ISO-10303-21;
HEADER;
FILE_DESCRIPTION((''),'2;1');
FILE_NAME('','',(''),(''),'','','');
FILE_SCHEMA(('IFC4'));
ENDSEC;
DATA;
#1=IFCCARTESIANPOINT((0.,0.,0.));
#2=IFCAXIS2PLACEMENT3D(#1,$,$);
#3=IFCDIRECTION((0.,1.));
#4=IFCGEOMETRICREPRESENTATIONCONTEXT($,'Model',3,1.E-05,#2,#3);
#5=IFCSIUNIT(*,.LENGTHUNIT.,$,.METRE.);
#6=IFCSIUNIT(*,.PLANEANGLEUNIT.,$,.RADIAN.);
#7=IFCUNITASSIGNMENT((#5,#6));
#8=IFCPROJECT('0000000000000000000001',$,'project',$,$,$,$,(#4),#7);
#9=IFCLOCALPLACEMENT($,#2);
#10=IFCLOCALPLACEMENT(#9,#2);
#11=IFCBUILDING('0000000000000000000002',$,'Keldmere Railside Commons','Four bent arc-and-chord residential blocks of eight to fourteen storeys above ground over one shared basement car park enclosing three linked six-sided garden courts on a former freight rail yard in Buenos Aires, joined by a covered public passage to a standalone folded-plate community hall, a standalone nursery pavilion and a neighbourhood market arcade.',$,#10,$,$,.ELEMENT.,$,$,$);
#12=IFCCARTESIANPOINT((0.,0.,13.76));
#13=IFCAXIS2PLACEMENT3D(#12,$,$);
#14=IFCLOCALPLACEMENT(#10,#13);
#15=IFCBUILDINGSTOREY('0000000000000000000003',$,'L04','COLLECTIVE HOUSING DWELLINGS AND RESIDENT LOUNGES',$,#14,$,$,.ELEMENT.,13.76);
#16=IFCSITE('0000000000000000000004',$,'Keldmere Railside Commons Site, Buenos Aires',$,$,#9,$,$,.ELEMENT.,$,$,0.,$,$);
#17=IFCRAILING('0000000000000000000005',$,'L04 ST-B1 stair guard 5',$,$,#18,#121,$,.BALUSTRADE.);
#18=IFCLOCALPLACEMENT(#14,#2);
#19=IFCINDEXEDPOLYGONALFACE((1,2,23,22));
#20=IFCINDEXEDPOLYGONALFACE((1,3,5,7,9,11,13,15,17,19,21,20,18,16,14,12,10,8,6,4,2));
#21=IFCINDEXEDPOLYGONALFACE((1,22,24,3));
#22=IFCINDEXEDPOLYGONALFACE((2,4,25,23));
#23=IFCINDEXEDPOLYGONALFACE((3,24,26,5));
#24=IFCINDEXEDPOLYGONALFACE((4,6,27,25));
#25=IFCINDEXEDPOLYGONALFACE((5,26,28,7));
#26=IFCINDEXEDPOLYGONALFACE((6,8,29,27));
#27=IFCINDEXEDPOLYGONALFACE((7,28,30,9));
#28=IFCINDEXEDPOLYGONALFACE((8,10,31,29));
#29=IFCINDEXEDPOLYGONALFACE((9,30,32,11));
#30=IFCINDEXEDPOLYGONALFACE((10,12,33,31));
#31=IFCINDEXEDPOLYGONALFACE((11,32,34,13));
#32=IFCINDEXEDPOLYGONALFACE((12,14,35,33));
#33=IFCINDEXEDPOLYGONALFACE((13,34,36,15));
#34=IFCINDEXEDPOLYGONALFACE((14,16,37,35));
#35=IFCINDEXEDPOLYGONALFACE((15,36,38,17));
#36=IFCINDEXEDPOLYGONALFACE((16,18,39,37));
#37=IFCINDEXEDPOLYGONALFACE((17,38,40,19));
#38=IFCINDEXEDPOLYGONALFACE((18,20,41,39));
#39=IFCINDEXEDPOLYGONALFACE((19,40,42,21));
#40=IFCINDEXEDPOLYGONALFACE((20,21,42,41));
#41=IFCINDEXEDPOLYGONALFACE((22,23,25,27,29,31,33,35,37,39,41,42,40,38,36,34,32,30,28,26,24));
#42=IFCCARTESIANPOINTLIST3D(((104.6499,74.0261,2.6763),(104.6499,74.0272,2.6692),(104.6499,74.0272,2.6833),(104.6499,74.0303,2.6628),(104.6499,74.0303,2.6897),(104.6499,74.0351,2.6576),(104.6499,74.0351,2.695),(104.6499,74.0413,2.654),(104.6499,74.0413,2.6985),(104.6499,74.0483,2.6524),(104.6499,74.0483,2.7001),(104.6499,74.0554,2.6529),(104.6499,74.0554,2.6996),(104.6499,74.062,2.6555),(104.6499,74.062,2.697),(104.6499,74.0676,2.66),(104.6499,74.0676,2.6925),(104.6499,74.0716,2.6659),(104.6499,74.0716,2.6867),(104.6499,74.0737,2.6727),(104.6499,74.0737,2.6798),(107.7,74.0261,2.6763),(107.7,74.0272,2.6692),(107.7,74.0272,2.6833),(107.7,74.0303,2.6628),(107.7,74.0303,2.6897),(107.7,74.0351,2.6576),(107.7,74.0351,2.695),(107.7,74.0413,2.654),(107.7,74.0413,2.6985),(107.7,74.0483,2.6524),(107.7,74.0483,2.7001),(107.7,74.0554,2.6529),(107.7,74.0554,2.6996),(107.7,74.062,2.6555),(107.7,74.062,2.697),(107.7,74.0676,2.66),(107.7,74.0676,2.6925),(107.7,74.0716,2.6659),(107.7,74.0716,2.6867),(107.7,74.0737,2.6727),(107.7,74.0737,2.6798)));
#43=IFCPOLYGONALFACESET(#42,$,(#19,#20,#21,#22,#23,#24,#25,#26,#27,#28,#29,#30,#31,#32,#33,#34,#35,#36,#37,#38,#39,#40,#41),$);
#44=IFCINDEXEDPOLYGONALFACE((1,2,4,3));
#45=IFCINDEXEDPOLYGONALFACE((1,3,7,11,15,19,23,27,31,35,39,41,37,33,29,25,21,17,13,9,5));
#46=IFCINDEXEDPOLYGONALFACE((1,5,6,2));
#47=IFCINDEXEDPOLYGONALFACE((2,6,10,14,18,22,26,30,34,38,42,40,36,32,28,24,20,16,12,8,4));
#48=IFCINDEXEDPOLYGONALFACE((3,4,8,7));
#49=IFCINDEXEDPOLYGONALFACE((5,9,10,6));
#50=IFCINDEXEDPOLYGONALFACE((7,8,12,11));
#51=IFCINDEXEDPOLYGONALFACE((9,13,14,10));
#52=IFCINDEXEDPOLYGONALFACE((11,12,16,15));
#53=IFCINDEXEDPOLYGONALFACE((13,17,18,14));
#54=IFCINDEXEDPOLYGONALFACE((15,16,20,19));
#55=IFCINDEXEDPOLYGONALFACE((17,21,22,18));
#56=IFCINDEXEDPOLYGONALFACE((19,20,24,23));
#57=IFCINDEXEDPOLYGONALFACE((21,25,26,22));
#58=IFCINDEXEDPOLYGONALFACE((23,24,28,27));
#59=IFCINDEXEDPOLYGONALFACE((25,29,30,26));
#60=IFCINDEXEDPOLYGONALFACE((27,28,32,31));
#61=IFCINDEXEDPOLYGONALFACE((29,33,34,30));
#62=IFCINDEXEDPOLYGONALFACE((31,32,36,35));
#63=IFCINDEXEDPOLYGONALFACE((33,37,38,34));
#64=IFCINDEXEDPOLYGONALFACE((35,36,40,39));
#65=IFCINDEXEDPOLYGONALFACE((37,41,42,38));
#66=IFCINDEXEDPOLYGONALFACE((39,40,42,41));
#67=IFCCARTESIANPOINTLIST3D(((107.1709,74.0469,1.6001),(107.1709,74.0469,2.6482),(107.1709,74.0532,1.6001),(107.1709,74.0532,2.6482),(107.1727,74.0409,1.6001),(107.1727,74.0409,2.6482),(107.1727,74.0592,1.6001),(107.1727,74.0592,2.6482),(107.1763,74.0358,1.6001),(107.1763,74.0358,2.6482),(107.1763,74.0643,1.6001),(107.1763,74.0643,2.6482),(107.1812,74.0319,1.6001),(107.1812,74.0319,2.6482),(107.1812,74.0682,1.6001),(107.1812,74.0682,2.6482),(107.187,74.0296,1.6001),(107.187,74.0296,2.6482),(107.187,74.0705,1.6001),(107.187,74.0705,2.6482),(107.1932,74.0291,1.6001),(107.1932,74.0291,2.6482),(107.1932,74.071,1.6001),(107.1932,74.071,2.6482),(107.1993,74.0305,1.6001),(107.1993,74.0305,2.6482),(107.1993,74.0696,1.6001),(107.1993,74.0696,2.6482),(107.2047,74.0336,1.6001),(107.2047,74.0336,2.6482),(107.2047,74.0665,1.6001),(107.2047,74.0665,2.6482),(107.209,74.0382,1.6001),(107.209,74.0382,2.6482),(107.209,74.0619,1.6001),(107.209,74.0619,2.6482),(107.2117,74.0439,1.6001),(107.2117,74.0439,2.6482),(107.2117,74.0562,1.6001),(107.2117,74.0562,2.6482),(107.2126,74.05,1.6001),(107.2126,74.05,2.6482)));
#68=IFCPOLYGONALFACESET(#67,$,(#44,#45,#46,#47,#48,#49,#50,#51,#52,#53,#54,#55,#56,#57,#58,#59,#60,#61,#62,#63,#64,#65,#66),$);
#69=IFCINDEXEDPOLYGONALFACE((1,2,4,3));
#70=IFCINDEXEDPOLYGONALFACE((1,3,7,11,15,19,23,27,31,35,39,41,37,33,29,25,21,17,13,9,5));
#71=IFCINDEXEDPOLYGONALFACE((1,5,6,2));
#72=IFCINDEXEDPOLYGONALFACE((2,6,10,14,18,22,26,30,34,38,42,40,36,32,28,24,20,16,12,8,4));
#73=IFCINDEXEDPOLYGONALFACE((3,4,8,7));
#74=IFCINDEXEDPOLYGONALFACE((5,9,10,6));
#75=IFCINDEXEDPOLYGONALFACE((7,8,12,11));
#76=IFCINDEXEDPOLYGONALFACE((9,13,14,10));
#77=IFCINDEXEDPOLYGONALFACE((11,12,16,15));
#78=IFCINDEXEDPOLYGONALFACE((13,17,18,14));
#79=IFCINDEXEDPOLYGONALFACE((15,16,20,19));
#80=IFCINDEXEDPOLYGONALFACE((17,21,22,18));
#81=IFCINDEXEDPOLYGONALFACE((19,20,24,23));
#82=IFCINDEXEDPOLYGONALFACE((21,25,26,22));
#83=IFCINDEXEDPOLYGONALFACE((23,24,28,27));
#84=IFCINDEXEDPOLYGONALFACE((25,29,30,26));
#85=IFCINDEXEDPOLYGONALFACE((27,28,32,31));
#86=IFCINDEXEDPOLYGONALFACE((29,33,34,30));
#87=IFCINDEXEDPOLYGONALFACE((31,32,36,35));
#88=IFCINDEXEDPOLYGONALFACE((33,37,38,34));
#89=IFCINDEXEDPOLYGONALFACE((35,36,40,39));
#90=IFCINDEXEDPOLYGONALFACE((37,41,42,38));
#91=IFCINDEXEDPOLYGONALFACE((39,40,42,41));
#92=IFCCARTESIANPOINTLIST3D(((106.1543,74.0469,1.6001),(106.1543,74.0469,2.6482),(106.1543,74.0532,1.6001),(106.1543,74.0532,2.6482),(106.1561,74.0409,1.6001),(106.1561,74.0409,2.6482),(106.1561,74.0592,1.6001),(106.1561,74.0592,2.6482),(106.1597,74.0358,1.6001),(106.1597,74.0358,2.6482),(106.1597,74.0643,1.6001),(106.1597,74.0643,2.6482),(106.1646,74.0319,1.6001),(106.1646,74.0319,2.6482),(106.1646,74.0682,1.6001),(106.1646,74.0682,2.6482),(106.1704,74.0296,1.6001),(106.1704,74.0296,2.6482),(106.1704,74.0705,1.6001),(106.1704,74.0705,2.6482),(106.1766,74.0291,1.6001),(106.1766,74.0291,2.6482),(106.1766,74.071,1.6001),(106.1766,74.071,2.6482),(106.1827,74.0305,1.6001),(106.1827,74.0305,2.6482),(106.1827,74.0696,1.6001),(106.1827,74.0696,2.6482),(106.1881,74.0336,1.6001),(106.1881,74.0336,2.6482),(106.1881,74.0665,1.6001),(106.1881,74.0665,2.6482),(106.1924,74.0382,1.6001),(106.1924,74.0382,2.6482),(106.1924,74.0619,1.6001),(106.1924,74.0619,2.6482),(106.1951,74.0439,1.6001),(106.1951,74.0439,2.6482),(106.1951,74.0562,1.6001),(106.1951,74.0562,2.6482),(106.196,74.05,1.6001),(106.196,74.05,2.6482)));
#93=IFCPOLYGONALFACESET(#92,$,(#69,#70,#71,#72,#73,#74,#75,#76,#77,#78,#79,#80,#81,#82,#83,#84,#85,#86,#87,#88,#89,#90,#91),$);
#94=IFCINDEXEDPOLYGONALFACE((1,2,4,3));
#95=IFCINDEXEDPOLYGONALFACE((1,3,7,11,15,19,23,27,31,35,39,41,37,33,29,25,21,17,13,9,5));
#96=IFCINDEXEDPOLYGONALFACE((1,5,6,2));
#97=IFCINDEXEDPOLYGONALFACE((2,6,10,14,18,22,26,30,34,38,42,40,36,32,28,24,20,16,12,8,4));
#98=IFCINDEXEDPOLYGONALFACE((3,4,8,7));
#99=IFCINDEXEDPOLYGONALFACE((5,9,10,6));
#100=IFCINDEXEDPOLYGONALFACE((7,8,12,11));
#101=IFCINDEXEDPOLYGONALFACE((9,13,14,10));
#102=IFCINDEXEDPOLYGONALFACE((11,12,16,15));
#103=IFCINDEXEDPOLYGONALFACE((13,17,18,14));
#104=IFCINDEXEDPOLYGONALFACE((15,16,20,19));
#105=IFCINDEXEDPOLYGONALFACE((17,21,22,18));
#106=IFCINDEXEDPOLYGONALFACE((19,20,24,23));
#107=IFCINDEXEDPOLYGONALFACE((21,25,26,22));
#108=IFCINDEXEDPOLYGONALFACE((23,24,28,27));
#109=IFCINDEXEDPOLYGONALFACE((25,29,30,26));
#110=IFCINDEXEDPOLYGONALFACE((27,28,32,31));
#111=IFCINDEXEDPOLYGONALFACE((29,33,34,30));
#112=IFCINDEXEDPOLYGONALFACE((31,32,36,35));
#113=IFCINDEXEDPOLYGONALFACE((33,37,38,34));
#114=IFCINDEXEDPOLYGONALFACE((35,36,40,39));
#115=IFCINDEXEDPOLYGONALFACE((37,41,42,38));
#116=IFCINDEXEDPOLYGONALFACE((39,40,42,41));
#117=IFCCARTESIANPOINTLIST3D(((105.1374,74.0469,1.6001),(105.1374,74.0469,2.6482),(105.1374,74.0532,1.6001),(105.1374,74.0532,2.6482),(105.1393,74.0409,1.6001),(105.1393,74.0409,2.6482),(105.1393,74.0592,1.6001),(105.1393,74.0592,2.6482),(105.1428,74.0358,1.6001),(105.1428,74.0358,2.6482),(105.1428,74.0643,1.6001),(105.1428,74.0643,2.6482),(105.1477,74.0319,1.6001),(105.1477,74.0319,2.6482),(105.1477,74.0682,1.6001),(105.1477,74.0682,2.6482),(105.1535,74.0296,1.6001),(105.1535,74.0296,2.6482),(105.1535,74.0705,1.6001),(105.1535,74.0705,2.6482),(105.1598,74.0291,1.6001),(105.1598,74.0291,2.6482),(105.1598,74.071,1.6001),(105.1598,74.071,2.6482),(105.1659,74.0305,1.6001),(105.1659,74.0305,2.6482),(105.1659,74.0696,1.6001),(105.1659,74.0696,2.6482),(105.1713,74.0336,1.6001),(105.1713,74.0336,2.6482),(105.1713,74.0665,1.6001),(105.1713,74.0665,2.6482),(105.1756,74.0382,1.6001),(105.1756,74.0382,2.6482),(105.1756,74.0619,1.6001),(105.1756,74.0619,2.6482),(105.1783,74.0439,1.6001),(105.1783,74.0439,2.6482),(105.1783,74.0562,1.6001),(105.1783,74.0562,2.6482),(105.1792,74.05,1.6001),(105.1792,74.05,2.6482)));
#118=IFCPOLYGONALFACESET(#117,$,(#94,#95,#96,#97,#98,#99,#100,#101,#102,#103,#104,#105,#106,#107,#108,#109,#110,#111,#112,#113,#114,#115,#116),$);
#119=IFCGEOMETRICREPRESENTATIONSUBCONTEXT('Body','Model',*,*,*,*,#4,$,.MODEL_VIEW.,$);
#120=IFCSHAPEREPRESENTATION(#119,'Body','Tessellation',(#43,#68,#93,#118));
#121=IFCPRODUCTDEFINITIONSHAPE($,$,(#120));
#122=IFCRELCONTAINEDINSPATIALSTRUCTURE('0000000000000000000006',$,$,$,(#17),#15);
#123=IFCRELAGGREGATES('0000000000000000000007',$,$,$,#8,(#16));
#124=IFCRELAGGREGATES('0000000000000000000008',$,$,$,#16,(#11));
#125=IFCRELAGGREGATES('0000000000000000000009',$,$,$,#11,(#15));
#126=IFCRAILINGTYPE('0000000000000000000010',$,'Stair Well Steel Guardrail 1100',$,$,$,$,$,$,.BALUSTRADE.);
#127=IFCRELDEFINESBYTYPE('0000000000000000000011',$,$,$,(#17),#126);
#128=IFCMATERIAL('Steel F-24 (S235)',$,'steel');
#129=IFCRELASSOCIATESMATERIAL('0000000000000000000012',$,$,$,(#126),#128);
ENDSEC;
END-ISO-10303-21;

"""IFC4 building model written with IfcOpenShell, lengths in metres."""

from ifc_helpers import new_model, si_unit, direction, frame, origin, origin_2d, place, context, subcontext, project, spatial, circle, extrude, material, type_object, element, save


model = new_model("IFC4")

# Units and contexts
model_context = context("Model", 3, precision=1e-05, world=origin(), true_north=direction((0.0, 1.0)))
body_context = subcontext(model_context, "Body", "Model", "MODEL_VIEW")
ifc_project = project(units=[si_unit("LENGTHUNIT", "METRE"), si_unit("PLANEANGLEUNIT", "RADIAN")], contexts=[model_context])

# Site, building, storey
site_placement = place(None, origin())
site = spatial("IfcSite", under=ifc_project, at=site_placement, Name="Keldmere Railside Commons Site, Buenos Aires", CompositionType="ELEMENT", RefElevation=0.0)
building_placement = place(site_placement, origin())
building = spatial("IfcBuilding", under=site, at=building_placement, Name="Keldmere Railside Commons", Description="Four bent arc-and-chord residential blocks of eight to fourteen storeys above ground over one shared basement car park enclosing three linked six-sided garden courts on a former freight rail yard in Buenos Aires, joined by a covered public passage to a standalone folded-plate community hall, a standalone nursery pavilion and a neighbourhood market arcade.", CompositionType="ELEMENT")
storey_placement = place(building_placement, frame((0.0, 0.0, 13.76)))
storey = spatial("IfcBuildingStorey", under=building, at=storey_placement, Name="L04", Description="COLLECTIVE HOUSING DWELLINGS AND RESIDENT LOUNGES", CompositionType="ELEMENT", Elevation=13.76)

# Railing
ifc_material_1 = material(Name="Steel F-24 (S235)", Category="steel")
railing_type_1 = type_object("IfcRailingType", Name="Stair Well Steel Guardrail 1100", PredefinedType="BALUSTRADE", material=ifc_material_1)
railing_1_placement = place(storey_placement, frame((107.7, 74.05, 1.6001)))
element("IfcRailing", 1, at=railing_1_placement, inside=storey, type_object=railing_type_1, Name="L04 ST-B1 stair guard 5", PredefinedType="BALUSTRADE", context=body_context, shape_type="SweptSolid", body=[
    extrude(circle(Radius=0.0239, at=origin_2d()), frame((0.0, 0.0, 1.0762), z_axis=(-1.0, 0.0, 0.0), x_axis=(0.0, -1.0, 0.0)), (0.0, 0.0, 1.0), 3.05),
    extrude(circle(Radius=0.021, at=origin_2d()), frame((-0.5083, 0.0, 0.0)), (0.0, 0.0, 1.0), 1.0481),
    extrude(circle(Radius=0.021, at=origin_2d()), frame((-1.5249, 0.0, 0.0)), (0.0, 0.0, 1.0), 1.0481),
    extrude(circle(Radius=0.021, at=origin_2d()), frame((-2.5417, 0.0, 0.0)), (0.0, 0.0, 1.0), 1.0481),
])

save(model, "model.ifc")
